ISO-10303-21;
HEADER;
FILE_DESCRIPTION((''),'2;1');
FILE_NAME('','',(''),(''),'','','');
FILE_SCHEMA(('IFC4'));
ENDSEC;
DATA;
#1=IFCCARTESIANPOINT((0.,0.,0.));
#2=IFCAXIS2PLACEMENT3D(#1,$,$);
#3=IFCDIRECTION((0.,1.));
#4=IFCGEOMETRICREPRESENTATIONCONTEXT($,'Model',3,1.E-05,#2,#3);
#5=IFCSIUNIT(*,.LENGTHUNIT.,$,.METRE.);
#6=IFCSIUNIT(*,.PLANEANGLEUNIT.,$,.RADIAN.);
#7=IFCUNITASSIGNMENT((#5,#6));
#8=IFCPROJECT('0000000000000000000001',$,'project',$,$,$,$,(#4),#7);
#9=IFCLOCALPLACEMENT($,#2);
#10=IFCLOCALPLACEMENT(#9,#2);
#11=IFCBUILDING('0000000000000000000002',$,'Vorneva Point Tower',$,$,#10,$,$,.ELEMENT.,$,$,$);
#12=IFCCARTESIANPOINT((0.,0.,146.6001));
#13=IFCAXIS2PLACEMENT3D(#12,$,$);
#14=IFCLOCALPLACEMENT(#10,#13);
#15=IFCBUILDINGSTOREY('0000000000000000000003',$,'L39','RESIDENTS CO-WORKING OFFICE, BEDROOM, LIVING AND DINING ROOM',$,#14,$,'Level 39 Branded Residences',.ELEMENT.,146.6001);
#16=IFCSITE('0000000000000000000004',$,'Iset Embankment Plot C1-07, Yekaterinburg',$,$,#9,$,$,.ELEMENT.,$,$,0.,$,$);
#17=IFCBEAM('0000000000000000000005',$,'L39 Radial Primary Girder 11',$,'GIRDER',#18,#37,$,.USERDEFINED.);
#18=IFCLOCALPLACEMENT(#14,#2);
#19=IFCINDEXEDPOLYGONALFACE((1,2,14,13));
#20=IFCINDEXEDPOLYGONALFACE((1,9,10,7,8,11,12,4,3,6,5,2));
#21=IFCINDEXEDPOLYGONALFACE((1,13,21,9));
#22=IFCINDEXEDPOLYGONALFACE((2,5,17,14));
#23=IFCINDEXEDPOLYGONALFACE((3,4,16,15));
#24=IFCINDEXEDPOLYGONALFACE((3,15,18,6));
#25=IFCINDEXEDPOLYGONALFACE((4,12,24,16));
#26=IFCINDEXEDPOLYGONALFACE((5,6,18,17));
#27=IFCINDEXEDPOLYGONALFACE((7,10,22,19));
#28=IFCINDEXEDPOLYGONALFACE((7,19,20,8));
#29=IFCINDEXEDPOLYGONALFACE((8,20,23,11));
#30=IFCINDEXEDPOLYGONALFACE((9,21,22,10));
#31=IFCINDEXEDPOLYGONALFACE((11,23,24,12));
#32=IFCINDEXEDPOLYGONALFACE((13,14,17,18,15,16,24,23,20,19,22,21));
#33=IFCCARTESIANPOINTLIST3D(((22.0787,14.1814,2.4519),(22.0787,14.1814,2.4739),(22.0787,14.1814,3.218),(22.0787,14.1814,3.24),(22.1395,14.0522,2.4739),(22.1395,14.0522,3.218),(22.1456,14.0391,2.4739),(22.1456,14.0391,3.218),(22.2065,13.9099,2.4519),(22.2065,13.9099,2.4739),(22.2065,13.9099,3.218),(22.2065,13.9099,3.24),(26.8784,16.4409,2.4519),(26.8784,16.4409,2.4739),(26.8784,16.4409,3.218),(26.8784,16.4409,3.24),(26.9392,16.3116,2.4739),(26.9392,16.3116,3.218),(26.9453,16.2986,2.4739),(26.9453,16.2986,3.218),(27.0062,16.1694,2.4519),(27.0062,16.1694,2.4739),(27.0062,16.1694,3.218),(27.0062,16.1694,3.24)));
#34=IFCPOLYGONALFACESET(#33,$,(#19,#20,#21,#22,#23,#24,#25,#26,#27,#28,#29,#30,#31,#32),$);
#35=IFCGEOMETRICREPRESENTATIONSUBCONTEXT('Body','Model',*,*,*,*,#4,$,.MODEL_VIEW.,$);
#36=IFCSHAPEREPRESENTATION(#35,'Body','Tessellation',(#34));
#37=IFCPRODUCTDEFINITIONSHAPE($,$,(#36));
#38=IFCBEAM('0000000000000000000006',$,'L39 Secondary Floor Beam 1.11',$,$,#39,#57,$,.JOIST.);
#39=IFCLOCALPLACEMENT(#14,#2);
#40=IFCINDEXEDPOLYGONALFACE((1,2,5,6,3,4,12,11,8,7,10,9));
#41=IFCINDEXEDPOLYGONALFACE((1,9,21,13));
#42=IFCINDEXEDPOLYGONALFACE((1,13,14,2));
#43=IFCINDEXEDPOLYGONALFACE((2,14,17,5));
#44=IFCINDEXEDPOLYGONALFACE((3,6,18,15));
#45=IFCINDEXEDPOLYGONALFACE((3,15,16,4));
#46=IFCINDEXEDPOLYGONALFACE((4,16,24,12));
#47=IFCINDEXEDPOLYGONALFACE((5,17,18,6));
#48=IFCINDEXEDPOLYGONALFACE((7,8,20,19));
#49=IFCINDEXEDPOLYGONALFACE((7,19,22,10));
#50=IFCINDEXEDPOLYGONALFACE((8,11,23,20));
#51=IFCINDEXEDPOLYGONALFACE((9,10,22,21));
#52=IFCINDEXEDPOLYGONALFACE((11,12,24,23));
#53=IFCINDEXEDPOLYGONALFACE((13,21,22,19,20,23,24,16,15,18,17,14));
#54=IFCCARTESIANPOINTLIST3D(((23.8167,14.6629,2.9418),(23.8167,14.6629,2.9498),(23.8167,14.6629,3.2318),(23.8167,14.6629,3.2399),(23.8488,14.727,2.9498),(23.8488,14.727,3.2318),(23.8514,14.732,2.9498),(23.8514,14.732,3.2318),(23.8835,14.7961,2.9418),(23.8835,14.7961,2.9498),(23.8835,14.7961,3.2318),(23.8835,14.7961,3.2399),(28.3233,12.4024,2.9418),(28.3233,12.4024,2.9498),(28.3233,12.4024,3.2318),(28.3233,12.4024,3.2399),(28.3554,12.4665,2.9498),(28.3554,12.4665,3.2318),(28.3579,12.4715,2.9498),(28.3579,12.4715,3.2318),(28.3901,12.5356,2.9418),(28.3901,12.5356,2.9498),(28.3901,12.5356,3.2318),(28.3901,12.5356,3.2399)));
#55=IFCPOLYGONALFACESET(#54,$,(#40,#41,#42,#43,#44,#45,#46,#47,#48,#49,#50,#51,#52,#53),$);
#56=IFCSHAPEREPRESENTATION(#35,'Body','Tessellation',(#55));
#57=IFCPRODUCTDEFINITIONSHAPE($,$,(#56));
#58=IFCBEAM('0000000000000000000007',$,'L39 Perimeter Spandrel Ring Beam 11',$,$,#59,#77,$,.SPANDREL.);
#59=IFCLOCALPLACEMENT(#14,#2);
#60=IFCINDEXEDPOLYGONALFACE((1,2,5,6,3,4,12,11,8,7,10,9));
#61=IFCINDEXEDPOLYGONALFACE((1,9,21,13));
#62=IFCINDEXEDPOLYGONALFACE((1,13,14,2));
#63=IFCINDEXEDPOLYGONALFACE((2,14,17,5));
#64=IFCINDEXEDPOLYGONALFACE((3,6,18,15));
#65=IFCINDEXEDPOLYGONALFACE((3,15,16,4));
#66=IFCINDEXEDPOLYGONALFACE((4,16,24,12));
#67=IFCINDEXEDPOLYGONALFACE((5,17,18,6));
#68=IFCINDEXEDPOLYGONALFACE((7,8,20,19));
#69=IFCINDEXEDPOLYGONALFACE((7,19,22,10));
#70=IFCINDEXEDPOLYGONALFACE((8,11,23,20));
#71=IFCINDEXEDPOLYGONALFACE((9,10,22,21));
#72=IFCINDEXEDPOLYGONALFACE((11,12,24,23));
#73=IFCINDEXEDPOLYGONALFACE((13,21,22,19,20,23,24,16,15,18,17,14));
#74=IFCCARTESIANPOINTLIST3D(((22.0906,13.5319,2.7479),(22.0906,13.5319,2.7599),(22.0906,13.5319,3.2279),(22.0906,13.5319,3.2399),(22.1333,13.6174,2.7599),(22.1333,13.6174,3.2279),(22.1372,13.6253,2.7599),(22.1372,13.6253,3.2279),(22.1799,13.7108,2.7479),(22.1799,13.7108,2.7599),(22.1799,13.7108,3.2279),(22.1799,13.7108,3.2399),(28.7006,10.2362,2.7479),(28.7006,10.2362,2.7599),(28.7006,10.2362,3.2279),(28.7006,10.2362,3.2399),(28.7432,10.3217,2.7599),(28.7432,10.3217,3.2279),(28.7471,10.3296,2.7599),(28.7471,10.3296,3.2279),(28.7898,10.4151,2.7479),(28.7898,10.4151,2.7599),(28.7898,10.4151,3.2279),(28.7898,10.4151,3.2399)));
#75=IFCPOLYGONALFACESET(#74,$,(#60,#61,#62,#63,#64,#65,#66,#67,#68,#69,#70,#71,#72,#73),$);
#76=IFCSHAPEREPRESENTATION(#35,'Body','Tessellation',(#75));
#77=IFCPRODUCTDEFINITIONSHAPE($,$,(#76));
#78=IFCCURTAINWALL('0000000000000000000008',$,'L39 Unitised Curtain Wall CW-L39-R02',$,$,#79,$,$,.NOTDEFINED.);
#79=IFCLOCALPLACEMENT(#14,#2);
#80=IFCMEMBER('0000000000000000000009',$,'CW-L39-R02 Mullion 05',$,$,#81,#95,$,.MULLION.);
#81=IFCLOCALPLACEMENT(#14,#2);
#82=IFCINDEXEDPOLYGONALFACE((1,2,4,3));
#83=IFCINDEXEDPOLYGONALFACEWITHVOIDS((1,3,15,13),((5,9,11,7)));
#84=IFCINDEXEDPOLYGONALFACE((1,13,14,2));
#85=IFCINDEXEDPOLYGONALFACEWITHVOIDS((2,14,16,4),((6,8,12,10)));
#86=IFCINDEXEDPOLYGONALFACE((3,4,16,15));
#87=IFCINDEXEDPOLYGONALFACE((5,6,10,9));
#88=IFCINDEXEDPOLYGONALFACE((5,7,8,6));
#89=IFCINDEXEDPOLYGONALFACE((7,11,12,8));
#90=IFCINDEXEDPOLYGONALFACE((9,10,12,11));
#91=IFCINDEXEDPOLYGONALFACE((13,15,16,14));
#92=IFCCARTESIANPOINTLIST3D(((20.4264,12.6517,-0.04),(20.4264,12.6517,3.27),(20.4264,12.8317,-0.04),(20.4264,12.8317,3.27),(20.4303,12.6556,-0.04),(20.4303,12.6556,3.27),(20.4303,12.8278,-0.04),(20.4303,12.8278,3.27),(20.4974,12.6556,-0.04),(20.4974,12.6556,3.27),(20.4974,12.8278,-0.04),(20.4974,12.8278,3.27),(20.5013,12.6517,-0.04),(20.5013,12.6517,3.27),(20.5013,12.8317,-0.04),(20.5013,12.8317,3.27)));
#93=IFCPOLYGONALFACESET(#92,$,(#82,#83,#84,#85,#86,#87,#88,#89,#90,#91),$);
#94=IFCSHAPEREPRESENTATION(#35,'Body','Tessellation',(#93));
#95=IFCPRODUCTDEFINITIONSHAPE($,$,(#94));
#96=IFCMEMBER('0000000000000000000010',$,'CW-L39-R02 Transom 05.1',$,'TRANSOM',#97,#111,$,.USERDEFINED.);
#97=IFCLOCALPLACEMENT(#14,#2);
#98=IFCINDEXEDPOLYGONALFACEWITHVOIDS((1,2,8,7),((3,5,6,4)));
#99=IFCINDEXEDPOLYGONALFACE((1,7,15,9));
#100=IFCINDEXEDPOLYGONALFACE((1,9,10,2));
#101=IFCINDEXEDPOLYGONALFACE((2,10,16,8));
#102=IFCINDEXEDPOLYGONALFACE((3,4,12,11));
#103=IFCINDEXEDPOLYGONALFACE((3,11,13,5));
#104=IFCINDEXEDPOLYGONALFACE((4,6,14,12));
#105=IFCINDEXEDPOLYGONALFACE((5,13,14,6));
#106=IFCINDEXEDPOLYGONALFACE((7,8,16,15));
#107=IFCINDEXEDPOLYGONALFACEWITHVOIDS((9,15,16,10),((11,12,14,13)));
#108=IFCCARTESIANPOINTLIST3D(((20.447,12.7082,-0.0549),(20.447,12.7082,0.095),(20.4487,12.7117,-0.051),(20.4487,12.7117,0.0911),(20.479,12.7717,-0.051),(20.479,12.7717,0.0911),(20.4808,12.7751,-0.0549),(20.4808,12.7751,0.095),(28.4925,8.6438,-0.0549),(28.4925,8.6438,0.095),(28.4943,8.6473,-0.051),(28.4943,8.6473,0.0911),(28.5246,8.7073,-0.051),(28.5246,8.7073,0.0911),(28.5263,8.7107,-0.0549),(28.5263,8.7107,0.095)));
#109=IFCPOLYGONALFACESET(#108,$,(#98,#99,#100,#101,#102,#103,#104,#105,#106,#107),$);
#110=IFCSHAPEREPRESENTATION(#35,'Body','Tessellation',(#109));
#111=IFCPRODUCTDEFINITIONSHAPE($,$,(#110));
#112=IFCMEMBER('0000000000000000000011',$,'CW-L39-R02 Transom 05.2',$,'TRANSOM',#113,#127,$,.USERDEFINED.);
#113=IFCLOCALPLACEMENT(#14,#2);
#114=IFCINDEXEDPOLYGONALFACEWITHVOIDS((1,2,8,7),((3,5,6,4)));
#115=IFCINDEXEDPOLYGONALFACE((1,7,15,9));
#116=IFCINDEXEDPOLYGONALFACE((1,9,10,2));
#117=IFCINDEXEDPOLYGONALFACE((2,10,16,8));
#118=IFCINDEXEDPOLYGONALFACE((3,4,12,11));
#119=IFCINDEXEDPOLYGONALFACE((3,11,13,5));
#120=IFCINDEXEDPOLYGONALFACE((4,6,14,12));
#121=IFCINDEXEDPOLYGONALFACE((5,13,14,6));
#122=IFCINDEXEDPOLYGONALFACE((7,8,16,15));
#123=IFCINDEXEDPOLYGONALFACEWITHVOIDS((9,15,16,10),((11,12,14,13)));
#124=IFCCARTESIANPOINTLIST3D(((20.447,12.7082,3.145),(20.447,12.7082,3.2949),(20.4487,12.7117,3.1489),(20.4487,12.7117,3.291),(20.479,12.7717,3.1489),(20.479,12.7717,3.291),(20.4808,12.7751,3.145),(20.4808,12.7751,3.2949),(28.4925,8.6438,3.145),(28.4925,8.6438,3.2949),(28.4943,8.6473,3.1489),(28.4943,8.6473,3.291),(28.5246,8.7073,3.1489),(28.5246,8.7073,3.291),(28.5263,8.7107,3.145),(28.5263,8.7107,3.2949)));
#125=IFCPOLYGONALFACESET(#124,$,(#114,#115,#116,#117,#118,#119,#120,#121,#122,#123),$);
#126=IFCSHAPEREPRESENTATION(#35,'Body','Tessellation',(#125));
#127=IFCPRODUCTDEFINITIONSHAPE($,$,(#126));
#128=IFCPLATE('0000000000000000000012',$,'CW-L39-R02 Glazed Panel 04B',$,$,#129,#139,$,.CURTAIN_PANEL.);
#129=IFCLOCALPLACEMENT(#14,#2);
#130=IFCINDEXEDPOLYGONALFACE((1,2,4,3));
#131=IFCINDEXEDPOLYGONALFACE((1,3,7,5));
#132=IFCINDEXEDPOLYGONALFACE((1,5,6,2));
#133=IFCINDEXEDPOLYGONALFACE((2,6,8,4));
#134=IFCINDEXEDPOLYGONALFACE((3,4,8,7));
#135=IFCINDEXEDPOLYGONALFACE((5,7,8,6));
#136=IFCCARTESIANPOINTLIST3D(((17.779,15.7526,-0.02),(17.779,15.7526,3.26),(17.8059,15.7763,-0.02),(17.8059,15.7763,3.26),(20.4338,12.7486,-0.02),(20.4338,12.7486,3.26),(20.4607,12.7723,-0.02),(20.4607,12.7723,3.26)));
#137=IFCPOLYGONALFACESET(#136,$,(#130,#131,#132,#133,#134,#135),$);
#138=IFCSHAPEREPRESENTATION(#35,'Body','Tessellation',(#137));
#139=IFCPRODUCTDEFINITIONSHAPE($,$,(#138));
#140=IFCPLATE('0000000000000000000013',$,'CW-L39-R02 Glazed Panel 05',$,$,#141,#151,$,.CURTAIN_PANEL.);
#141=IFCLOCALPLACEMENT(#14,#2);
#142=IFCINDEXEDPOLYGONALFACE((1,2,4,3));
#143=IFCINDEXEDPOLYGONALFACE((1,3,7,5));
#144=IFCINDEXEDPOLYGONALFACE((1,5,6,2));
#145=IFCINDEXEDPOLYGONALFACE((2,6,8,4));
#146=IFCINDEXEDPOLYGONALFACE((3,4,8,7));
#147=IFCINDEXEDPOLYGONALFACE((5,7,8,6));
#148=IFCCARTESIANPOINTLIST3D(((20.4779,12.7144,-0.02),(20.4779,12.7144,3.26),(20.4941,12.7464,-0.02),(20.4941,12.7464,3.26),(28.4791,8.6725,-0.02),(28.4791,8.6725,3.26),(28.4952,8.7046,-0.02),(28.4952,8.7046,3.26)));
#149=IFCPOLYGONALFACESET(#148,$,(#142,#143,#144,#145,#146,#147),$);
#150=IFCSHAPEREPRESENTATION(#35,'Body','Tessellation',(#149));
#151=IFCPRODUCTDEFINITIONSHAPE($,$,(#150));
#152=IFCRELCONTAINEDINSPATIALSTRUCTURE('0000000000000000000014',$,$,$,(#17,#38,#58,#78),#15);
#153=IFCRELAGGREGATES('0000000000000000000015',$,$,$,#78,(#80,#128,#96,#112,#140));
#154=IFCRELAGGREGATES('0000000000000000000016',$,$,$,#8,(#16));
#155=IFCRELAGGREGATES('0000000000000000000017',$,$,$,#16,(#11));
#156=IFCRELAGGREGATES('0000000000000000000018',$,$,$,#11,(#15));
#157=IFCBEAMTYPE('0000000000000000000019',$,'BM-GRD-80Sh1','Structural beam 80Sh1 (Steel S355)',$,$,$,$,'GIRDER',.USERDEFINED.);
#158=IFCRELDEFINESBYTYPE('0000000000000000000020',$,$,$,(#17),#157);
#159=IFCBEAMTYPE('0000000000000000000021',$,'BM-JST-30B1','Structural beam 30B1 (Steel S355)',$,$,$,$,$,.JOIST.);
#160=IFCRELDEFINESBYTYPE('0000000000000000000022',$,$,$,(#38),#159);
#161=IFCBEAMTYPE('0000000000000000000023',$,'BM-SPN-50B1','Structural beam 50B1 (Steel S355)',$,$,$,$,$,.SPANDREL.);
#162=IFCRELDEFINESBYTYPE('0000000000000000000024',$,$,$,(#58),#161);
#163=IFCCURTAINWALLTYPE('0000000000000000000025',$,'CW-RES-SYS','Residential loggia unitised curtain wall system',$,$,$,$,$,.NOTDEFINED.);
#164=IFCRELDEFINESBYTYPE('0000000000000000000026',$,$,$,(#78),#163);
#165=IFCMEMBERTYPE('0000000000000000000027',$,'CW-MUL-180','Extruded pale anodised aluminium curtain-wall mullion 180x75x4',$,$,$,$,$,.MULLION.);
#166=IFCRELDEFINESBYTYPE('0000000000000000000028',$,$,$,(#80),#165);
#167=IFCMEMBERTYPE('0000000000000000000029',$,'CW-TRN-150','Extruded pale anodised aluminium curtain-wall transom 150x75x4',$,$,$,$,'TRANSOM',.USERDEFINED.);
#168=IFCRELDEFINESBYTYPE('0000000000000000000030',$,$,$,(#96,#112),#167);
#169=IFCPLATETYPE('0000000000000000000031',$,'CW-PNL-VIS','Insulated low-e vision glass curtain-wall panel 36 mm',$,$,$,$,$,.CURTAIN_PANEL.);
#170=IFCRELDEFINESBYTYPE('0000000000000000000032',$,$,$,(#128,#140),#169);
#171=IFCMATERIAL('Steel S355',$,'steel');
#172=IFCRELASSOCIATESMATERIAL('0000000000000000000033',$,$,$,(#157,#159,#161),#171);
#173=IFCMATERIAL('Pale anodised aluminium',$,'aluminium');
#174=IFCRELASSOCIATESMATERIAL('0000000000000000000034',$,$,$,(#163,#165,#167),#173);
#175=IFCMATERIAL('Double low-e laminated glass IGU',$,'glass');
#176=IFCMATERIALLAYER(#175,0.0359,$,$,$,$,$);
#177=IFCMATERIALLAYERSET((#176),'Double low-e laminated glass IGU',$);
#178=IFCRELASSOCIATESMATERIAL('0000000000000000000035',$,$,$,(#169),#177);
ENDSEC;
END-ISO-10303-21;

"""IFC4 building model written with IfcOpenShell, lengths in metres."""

from ifc_helpers import new_model, si_unit, direction, frame, origin, origin_2d, place, context, subcontext, project, spatial, rectangle, hollow_rectangle, i_section, extrude, material, layer, layer_set, material_profile, profile_set, type_object, element, aggregate, save


model = new_model("IFC4")

# Units and contexts
model_context = context("Model", 3, precision=1e-05, world=origin(), true_north=direction((0.0, 1.0)))
body_context = subcontext(model_context, "Body", "Model", "MODEL_VIEW")
ifc_project = project(units=[si_unit("LENGTHUNIT", "METRE"), si_unit("PLANEANGLEUNIT", "RADIAN")], contexts=[model_context])

# Site, building, storey
site_placement = place(None, origin())
site = spatial("IfcSite", under=ifc_project, at=site_placement, Name="Iset Embankment Plot C1-07, Yekaterinburg", CompositionType="ELEMENT", RefElevation=0.0)
building_placement = place(site_placement, origin())
building = spatial("IfcBuilding", under=site, at=building_placement, Name="Vorneva Point Tower", CompositionType="ELEMENT")
storey_placement = place(building_placement, frame((0.0, 0.0, 146.6001)))
storey = spatial("IfcBuildingStorey", under=building, at=storey_placement, Name="L39", Description="RESIDENTS CO-WORKING OFFICE, BEDROOM, LIVING AND DINING ROOM", LongName="Level 39 Branded Residences", CompositionType="ELEMENT", Elevation=146.6001)

# Beams
ifc_material_1 = material(Name="Steel S355", Category="steel")
ifc_material_profile_1 = material_profile(ifc_material_1, i_section(OverallWidth=0.3, OverallDepth=0.7881, WebThickness=0.0144, FlangeThickness=0.022, at=origin_2d()), Name="80Sh1")
ifc_profile_set_1 = profile_set([ifc_material_profile_1], Name="Steel S355")
beam_type_1 = type_object("IfcBeamType", Name="BM-GRD-80Sh1", Description="Structural beam 80Sh1 (Steel S355)", ElementType="GIRDER", PredefinedType="USERDEFINED", material=ifc_profile_set_1)
beam_1_placement = place(storey_placement, frame((22.1426, 14.0457, 2.8459), z_axis=(0.904761, 0.425919, 0.0), x_axis=(-0.425919, 0.904761, 0.0)))
element("IfcBeam", 1, at=beam_1_placement, inside=storey, type_object=beam_type_1, Name="L39 Radial Primary Girder 11", ObjectType="GIRDER", PredefinedType="USERDEFINED", context=body_context, shape_type="SweptSolid", body=[
    extrude(i_section(OverallWidth=0.3, OverallDepth=0.7881, WebThickness=0.0144, FlangeThickness=0.022, at=origin_2d()), origin(), (0.0, 0.0, 1.0), 5.3049),
])
ifc_material_profile_2 = material_profile(ifc_material_1, i_section(OverallWidth=0.1489, OverallDepth=0.2981, WebThickness=0.0056, FlangeThickness=0.0081, at=origin_2d()), Name="30B1")
ifc_profile_set_2 = profile_set([ifc_material_profile_2], Name="Steel S355")
beam_type_2 = type_object("IfcBeamType", Name="BM-JST-30B1", Description="Structural beam 30B1 (Steel S355)", PredefinedType="JOIST", material=ifc_profile_set_2)
beam_2_placement = place(storey_placement, frame((23.8501, 14.7295, 3.0908), z_axis=(0.893855, -0.448356, 0.0), x_axis=(0.448356, 0.893855, 0.0)))
element("IfcBeam", 2, at=beam_2_placement, inside=storey, type_object=beam_type_2, Name="L39 Secondary Floor Beam 1.11", PredefinedType="JOIST", context=body_context, shape_type="SweptSolid", body=[
    extrude(i_section(OverallWidth=0.1489, OverallDepth=0.2981, WebThickness=0.0056, FlangeThickness=0.0081, at=origin_2d()), origin(), (0.0, 0.0, 1.0), 5.0417),
])
ifc_material_profile_3 = material_profile(ifc_material_1, i_section(OverallWidth=0.2, OverallDepth=0.4919, WebThickness=0.0088, FlangeThickness=0.012, at=origin_2d()), Name="50B1")
ifc_profile_set_3 = profile_set([ifc_material_profile_3], Name="Steel S355")
beam_type_3 = type_object("IfcBeamType", Name="BM-SPN-50B1", Description="Structural beam 50B1 (Steel S355)", PredefinedType="SPANDREL", material=ifc_profile_set_3)
beam_3_placement = place(storey_placement, frame((22.1353, 13.6213, 2.9939), z_axis=(0.894929, -0.446208, 0.0), x_axis=(0.446208, 0.894929, 0.0)))
element("IfcBeam", 3, at=beam_3_placement, inside=storey, type_object=beam_type_3, Name="L39 Perimeter Spandrel Ring Beam 11", PredefinedType="SPANDREL", context=body_context, shape_type="SweptSolid", body=[
    extrude(i_section(OverallWidth=0.2, OverallDepth=0.4919, WebThickness=0.0088, FlangeThickness=0.012, at=origin_2d()), origin(), (0.0, 0.0, 1.0), 7.386),
])

# Curtain wall, members, plates
ifc_material_2 = material(Name="Pale anodised aluminium", Category="aluminium")
curtain_wall_type = type_object("IfcCurtainWallType", Name="CW-RES-SYS", Description="Residential loggia unitised curtain wall system", PredefinedType="NOTDEFINED", material=ifc_material_2)
curtain_wall_placement = place(storey_placement, origin())
curtain_wall = element("IfcCurtainWall", 4, at=curtain_wall_placement, inside=storey, type_object=curtain_wall_type, Name="L39 Unitised Curtain Wall CW-L39-R02", PredefinedType="NOTDEFINED")
ifc_material_profile_4 = material_profile(ifc_material_2, hollow_rectangle(XDim=0.075, YDim=0.1799, WallThickness=0.0039, at=origin_2d()), Name="AL-MUL 180x75x4")
ifc_profile_set_4 = profile_set([ifc_material_profile_4], Name="Pale anodised aluminium")
member_type_1 = type_object("IfcMemberType", Name="CW-MUL-180", Description="Extruded pale anodised aluminium curtain-wall mullion 180x75x4", PredefinedType="MULLION", material=ifc_profile_set_4)
member_1_placement = place(storey_placement, frame((20.4639, 12.7417, -0.04), z_axis=(0.0, 0.0, 1.0), x_axis=(1.0, 0.0, 0.0)))
member_1 = element("IfcMember", 5, at=member_1_placement, type_object=member_type_1, Name="CW-L39-R02 Mullion 05", PredefinedType="MULLION", context=body_context, shape_type="SweptSolid", body=[
    extrude(hollow_rectangle(XDim=0.075, YDim=0.1799, WallThickness=0.0039, at=origin_2d()), origin(), (0.0, 0.0, 1.0), 3.3101),
])
ifc_material_profile_5 = material_profile(ifc_material_2, hollow_rectangle(XDim=0.075, YDim=0.1499, WallThickness=0.0039, at=origin_2d()), Name="AL-TRN 150x75x4")
ifc_profile_set_5 = profile_set([ifc_material_profile_5], Name="Pale anodised aluminium")
member_type_2 = type_object("IfcMemberType", Name="CW-TRN-150", Description="Extruded pale anodised aluminium curtain-wall transom 150x75x4", ElementType="TRANSOM", PredefinedType="USERDEFINED", material=ifc_profile_set_5)
member_2_placement = place(storey_placement, frame((20.4639, 12.7417, 0.02), z_axis=(0.892572, -0.450904, 0.0), x_axis=(0.450904, 0.892572, 0.0)))
member_2 = element("IfcMember", 6, at=member_2_placement, type_object=member_type_2, Name="CW-L39-R02 Transom 05.1", ObjectType="TRANSOM", PredefinedType="USERDEFINED", context=body_context, shape_type="SweptSolid", body=[
    extrude(hollow_rectangle(XDim=0.075, YDim=0.1499, WallThickness=0.0039, at=origin_2d()), origin(), (0.0, 0.0, 1.0), 9.0139),
])
member_3_placement = place(storey_placement, frame((20.4639, 12.7417, 3.22), z_axis=(0.892572, -0.450904, 0.0), x_axis=(0.450904, 0.892572, 0.0)))
member_3 = element("IfcMember", 7, at=member_3_placement, type_object=member_type_2, Name="CW-L39-R02 Transom 05.2", ObjectType="TRANSOM", PredefinedType="USERDEFINED", context=body_context, shape_type="SweptSolid", body=[
    extrude(hollow_rectangle(XDim=0.075, YDim=0.1499, WallThickness=0.0039, at=origin_2d()), origin(), (0.0, 0.0, 1.0), 9.0139),
])
ifc_material_3 = material(Name="Double low-e laminated glass IGU", Category="glass")
ifc_layer_1 = layer(ifc_material_3, 0.0359)
ifc_layer_set_1 = layer_set([ifc_layer_1], Name="Double low-e laminated glass IGU")
plate_type = type_object("IfcPlateType", Name="CW-PNL-VIS", Description="Insulated low-e vision glass curtain-wall panel 36 mm", PredefinedType="CURTAIN_PANEL", material=ifc_layer_set_1)
plate_1_placement = place(storey_placement, frame((19.1199, 14.2625, -0.02), z_axis=(0.0, 0.0, 1.0), x_axis=(0.662215, -0.749314, 0.0)))
plate_1 = element("IfcPlate", 8, at=plate_1_placement, type_object=plate_type, Name="CW-L39-R02 Glazed Panel 04B", PredefinedType="CURTAIN_PANEL", context=body_context, shape_type="SweptSolid", body=[
    extrude(rectangle(XDim=4.009, YDim=0.0359, at=origin_2d()), origin(), (0.0, 0.0, 1.0), 3.28),
])
plate_2_placement = place(storey_placement, frame((24.4866, 10.7095, -0.02), z_axis=(0.0, 0.0, 1.0), x_axis=(0.892578, -0.450893, 0.0)))
plate_2 = element("IfcPlate", 9, at=plate_2_placement, type_object=plate_type, Name="CW-L39-R02 Glazed Panel 05", PredefinedType="CURTAIN_PANEL", context=body_context, shape_type="SweptSolid", body=[
    extrude(rectangle(XDim=8.9641, YDim=0.0359, at=origin_2d()), origin(), (0.0, 0.0, 1.0), 3.28),
])
aggregate(curtain_wall, [member_1, plate_1, member_2, member_3, plate_2])

save(model, "model.ifc")
